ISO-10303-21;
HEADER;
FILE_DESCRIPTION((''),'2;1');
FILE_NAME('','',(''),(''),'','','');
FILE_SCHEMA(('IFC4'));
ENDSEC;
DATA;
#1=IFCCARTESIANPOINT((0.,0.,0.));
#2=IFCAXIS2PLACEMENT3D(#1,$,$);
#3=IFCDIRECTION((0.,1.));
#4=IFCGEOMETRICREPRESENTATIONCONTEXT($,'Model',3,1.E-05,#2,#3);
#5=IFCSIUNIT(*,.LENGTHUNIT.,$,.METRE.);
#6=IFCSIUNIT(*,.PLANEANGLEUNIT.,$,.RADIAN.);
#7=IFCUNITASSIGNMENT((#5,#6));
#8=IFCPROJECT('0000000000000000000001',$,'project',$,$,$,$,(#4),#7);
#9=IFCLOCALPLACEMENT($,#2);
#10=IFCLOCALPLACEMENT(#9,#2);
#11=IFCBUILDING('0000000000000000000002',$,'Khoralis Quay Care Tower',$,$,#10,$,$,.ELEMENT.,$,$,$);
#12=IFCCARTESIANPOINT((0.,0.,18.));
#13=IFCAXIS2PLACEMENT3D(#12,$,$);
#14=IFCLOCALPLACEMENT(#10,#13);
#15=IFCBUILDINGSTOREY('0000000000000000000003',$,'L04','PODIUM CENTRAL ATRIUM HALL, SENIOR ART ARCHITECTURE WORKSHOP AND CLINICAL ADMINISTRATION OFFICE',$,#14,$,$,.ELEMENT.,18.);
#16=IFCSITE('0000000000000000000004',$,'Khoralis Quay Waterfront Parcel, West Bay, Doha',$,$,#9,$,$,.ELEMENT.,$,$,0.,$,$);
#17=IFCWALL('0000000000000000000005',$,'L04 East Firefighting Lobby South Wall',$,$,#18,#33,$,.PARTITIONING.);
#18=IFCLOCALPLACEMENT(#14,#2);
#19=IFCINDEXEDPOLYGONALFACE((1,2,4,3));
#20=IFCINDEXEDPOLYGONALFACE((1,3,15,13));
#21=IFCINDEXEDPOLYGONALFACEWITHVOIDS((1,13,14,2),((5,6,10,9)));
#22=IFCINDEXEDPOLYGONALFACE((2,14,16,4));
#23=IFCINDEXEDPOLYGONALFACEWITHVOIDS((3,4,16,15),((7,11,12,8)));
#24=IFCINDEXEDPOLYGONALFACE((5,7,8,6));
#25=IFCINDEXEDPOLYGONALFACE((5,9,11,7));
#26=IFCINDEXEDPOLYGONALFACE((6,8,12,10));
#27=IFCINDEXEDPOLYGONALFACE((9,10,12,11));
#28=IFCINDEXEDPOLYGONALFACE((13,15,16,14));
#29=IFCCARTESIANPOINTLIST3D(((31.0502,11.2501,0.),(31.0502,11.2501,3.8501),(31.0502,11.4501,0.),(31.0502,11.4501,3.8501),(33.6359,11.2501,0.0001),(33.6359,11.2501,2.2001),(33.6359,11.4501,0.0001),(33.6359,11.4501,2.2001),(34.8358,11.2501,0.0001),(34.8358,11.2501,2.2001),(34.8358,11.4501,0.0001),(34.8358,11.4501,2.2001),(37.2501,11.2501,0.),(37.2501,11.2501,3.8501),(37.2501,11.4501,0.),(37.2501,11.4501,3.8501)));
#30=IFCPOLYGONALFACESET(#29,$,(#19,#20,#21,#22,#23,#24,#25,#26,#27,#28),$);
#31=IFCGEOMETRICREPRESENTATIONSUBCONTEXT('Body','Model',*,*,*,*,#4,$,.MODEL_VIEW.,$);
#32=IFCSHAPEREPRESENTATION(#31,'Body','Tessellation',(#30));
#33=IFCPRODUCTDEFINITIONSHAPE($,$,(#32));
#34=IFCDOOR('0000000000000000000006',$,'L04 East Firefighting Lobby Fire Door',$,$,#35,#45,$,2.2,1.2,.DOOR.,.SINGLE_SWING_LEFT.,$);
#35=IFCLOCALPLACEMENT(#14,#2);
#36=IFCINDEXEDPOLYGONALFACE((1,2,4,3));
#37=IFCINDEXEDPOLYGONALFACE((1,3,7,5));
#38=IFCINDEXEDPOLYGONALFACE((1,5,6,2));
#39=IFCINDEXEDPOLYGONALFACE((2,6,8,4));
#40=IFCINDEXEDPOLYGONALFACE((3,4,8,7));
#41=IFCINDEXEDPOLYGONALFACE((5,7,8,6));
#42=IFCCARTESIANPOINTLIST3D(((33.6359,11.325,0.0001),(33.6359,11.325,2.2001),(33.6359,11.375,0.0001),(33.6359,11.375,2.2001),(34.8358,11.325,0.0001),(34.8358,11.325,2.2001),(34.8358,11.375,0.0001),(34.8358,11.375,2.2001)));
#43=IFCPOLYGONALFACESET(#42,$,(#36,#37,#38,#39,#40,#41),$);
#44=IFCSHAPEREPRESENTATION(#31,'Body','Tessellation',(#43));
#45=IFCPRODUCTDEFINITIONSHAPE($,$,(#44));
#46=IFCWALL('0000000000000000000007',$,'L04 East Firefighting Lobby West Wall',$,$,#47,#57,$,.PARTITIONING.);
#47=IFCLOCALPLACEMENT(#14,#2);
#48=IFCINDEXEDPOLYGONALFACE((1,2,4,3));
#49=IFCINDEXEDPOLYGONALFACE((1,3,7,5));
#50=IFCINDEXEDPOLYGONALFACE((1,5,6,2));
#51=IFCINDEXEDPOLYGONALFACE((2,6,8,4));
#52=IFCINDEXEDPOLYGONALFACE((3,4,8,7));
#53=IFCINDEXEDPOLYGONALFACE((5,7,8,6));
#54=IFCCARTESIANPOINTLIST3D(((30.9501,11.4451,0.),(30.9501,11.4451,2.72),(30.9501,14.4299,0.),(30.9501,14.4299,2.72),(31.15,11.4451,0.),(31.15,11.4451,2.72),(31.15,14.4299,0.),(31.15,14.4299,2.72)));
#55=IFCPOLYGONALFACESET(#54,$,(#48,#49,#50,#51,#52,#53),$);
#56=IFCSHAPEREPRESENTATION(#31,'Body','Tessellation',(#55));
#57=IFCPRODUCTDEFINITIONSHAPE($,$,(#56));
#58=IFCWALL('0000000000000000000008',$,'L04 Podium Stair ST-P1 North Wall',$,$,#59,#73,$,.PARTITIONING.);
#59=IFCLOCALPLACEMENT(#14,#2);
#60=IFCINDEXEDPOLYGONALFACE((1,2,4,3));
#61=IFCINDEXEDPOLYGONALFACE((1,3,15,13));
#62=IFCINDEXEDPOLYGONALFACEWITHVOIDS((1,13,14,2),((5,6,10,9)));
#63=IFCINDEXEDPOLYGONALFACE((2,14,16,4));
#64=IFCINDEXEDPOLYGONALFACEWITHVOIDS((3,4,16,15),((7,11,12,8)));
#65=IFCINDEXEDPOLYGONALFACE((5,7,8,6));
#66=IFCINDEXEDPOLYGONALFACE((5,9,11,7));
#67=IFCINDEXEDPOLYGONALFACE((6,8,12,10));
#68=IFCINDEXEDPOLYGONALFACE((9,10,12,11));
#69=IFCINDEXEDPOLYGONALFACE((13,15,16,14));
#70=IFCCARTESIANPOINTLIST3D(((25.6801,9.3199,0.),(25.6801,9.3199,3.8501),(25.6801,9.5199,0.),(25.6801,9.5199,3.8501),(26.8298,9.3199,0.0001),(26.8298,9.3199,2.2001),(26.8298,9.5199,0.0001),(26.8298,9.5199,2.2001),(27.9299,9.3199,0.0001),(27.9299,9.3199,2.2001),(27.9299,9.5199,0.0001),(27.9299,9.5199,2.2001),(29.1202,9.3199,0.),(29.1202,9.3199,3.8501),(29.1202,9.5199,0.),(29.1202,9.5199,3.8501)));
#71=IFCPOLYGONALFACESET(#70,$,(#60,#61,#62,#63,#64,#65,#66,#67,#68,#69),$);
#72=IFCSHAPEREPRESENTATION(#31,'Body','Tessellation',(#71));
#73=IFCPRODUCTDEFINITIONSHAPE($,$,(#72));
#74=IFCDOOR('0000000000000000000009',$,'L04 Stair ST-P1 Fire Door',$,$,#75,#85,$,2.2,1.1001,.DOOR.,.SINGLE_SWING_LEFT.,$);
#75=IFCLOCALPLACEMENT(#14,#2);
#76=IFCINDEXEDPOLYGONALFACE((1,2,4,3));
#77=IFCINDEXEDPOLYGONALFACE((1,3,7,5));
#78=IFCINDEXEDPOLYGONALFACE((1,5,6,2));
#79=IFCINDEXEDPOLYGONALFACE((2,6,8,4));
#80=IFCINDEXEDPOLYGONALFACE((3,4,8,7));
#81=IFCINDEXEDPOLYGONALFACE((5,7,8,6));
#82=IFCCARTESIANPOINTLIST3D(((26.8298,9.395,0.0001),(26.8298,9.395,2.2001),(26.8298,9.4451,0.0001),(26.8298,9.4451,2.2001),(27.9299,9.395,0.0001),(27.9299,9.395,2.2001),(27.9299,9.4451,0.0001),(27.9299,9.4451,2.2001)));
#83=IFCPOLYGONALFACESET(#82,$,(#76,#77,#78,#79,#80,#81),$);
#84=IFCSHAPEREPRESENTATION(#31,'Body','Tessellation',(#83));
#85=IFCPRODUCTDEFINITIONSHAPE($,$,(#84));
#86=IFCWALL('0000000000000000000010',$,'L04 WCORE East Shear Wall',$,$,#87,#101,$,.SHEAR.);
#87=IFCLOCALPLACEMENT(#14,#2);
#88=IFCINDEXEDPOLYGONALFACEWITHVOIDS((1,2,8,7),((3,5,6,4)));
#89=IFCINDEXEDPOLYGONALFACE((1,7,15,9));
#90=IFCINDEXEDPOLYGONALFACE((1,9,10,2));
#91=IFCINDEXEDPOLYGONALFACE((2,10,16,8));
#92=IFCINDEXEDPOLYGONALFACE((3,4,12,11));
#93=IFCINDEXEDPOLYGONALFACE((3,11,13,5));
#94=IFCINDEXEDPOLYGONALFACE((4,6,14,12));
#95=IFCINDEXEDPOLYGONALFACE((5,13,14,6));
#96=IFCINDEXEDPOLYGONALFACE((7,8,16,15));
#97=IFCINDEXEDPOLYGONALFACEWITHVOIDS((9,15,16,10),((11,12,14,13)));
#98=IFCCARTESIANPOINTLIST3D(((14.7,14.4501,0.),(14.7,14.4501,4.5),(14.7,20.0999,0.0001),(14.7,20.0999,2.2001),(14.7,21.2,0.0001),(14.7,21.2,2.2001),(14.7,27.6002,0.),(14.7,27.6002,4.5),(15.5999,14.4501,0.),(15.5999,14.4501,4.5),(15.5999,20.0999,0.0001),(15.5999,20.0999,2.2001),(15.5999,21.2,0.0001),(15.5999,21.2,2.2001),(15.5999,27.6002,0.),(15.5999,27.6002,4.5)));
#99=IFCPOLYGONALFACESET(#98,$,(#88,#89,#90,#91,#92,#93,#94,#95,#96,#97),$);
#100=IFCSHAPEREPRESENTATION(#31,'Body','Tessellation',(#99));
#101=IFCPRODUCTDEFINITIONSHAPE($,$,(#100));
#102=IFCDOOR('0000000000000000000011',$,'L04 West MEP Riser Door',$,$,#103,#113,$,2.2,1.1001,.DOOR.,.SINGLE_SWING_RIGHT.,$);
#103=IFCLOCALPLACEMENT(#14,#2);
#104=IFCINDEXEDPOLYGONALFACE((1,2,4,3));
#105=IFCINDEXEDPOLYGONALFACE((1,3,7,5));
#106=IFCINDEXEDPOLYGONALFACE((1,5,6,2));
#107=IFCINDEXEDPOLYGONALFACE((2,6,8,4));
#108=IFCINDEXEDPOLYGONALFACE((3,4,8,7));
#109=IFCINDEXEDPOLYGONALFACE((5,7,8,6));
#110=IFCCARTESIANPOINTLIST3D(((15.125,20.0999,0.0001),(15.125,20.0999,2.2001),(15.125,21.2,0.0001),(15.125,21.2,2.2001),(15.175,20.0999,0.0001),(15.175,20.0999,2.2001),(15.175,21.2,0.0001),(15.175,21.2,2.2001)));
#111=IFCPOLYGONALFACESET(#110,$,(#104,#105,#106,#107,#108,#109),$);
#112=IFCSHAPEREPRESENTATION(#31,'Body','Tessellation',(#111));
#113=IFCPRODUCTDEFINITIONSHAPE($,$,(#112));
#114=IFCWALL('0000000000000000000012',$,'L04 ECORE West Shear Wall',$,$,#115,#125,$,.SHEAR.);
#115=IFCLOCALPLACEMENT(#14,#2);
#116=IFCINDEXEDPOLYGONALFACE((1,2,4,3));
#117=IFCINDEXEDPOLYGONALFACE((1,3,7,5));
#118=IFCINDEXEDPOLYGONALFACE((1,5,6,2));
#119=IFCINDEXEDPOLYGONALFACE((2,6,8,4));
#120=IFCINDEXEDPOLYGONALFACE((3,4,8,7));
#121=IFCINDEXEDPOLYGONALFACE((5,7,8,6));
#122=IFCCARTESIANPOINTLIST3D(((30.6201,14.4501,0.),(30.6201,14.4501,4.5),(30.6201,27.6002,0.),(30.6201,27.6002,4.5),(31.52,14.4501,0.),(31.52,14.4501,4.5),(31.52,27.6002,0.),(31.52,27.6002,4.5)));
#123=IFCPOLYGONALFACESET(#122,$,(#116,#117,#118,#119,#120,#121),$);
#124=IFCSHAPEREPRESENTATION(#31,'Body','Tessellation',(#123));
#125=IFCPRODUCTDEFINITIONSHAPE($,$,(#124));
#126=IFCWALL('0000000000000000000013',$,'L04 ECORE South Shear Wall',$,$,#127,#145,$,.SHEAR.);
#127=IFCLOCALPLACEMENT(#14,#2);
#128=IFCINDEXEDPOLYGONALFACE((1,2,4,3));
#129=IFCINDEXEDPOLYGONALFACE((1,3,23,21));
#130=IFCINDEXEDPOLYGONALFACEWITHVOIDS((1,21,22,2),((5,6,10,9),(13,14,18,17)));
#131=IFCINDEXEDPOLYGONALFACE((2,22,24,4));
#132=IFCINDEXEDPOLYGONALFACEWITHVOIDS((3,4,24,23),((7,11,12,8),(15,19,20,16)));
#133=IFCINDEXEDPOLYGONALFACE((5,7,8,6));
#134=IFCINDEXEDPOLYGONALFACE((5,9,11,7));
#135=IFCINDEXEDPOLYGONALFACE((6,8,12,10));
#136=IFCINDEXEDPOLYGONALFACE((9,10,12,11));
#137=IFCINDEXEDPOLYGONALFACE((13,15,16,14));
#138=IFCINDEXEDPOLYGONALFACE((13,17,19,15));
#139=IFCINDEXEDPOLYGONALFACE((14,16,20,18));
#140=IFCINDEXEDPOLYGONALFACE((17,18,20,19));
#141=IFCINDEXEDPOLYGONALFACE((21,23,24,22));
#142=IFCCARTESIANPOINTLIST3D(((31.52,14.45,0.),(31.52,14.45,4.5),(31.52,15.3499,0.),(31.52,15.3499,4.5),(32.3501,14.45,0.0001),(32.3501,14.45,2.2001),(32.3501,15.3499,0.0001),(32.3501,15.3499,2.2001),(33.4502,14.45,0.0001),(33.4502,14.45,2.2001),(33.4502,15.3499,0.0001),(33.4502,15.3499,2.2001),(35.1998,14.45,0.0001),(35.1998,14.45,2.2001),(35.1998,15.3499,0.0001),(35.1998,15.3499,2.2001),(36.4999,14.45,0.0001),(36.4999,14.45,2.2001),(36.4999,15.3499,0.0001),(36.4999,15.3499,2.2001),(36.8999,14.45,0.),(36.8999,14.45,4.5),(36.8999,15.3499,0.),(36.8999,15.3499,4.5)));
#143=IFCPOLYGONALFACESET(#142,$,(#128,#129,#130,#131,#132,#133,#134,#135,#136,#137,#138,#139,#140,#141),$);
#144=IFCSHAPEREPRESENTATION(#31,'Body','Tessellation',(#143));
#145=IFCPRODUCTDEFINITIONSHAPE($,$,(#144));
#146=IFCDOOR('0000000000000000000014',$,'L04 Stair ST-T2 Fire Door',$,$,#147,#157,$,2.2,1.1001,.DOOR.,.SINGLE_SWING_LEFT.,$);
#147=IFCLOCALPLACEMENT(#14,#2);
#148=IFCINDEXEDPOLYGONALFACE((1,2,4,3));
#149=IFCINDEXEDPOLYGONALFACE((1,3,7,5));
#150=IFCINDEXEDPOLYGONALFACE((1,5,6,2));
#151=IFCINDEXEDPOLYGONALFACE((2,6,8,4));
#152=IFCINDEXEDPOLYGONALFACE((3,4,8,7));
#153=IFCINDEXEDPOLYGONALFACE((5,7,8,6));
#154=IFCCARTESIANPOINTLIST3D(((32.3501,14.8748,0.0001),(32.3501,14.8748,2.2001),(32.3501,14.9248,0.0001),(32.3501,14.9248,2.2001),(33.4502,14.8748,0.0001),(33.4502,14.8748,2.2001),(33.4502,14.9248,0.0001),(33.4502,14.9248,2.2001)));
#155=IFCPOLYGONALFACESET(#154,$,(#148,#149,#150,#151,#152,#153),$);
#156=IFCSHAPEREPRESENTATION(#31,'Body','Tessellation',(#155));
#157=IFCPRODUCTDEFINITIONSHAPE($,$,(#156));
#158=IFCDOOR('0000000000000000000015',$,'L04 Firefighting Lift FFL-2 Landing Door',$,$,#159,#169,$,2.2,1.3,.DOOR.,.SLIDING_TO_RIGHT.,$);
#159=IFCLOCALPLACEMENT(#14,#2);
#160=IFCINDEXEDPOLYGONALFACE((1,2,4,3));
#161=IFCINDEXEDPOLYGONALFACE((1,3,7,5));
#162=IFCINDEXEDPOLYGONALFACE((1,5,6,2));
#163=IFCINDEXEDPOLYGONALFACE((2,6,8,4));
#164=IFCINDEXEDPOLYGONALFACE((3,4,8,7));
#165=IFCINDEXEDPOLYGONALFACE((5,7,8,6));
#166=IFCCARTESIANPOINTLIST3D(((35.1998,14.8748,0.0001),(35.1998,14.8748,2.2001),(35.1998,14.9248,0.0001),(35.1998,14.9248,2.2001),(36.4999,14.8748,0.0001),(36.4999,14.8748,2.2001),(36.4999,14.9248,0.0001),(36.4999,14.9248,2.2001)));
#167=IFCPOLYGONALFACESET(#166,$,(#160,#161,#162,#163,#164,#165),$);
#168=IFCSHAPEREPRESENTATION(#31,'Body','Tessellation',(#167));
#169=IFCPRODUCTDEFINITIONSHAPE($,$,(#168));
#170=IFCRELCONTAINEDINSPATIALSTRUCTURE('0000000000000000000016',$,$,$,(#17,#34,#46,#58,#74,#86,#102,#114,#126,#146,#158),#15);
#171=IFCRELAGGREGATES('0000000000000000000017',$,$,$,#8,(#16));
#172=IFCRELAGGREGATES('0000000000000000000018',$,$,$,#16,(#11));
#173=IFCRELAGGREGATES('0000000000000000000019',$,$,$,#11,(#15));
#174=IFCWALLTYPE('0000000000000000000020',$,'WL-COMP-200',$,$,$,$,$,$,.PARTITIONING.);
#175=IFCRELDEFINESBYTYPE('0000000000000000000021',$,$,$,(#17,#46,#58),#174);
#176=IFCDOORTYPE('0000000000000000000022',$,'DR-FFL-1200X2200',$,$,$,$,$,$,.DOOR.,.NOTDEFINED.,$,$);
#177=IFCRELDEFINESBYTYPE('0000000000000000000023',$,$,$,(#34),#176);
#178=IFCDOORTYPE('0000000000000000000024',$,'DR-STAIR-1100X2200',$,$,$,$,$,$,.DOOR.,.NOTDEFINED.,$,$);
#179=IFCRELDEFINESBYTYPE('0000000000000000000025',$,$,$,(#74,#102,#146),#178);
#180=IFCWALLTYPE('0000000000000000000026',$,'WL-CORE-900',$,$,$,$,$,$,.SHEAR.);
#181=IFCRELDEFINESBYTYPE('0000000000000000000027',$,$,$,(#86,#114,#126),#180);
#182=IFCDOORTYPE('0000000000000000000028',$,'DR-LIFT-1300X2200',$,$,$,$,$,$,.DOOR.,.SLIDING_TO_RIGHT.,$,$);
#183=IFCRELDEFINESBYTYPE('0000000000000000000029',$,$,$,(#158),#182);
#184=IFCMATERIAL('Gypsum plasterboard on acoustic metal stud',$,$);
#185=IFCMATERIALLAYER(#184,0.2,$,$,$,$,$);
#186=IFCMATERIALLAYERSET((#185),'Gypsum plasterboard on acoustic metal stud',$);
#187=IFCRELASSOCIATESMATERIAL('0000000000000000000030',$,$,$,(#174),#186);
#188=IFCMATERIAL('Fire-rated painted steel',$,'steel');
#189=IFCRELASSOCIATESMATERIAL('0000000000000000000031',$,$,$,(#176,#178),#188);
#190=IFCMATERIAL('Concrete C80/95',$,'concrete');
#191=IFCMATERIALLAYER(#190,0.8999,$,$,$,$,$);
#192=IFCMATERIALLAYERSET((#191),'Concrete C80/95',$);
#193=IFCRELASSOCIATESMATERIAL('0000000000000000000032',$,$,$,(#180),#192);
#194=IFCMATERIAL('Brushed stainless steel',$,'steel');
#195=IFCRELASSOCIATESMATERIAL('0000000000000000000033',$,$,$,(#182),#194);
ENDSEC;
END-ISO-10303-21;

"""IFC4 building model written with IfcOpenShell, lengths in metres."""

from ifc_helpers import new_model, si_unit, direction, frame, frame_2d, origin, place, context, subcontext, project, spatial, rectangle, extrude, source, transform, mapped, material, layer, layer_set, type_object, element, fill, save


model = new_model("IFC4")

# Units and contexts
model_context = context("Model", 3, precision=1e-05, world=origin(), true_north=direction((0.0, 1.0)))
body_context = subcontext(model_context, "Body", "Model", "MODEL_VIEW")
ifc_project = project(units=[si_unit("LENGTHUNIT", "METRE"), si_unit("PLANEANGLEUNIT", "RADIAN")], contexts=[model_context])

# Site, building, storey
site_placement = place(None, origin())
site = spatial("IfcSite", under=ifc_project, at=site_placement, Name="Khoralis Quay Waterfront Parcel, West Bay, Doha", CompositionType="ELEMENT", RefElevation=0.0)
building_placement = place(site_placement, origin())
building = spatial("IfcBuilding", under=site, at=building_placement, Name="Khoralis Quay Care Tower", CompositionType="ELEMENT")
storey_placement = place(building_placement, frame((0.0, 0.0, 18.0)))
storey = spatial("IfcBuildingStorey", under=building, at=storey_placement, Name="L04", Description="PODIUM CENTRAL ATRIUM HALL, SENIOR ART ARCHITECTURE WORKSHOP AND CLINICAL ADMINISTRATION OFFICE", CompositionType="ELEMENT", Elevation=18.0)

# Shared definitions
ifc_material_1 = material(Name="Concrete C80/95", Category="concrete")

# Shared definitions
ifc_material_2 = material(Name="Gypsum plasterboard on acoustic metal stud")
ifc_layer_1 = layer(ifc_material_2, 0.2)
ifc_layer_set_1 = layer_set([ifc_layer_1], Name="Gypsum plasterboard on acoustic metal stud")
wall_type_1 = type_object("IfcWallType", Name="WL-COMP-200", PredefinedType="PARTITIONING", material=ifc_layer_set_1)

# Wall, opening, door
wall_1_placement = place(storey_placement, frame((31.05, 11.3501, 0.0), z_axis=(0.0, 0.0, 1.0), x_axis=(1.0, 0.0, 0.0)))
wall_1 = element("IfcWall", 1, at=wall_1_placement, inside=storey, type_object=wall_type_1, Name="L04 East Firefighting Lobby South Wall", PredefinedType="PARTITIONING", context=body_context, shape_type="SweptSolid", body=[
    extrude(rectangle(XDim=6.2, YDim=0.2, at=frame_2d((3.1001, 0.0))), origin(), (0.0, 0.0, 1.0), 3.8501),
])
opening_1_placement = place(wall_1_placement, frame((2.5857, 0.0, 0.0)))
opening_1 = element("IfcOpeningElement", 2, at=opening_1_placement, cuts=wall_1, PredefinedType="OPENING", context=body_context, shape_type="SweptSolid", body=[
    extrude(rectangle(XDim=1.2, YDim=2.2, at=frame_2d((0.6001, 1.1001))), frame((0.0, 0.1099, 0.0), z_axis=(0.0, -1.0, 0.0), x_axis=(1.0, 0.0, 0.0)), (0.0, 0.0, 1.0), 0.22),
])
ifc_material_3 = material(Name="Fire-rated painted steel", Category="steel")
door_type_1 = type_object("IfcDoorType", Name="DR-FFL-1200X2200", OperationType="NOTDEFINED", PredefinedType="DOOR", material=ifc_material_3)
shared_shape_1 = source(origin(), body_context, "Body", "SweptSolid", [
    extrude(rectangle(XDim=1.2, YDim=2.2, at=frame_2d((0.6001, 1.1001))), frame((0.0, 0.0249, 0.0), z_axis=(0.0, -1.0, 0.0), x_axis=(1.0, 0.0, 0.0)), (0.0, 0.0, 1.0), 0.05),
])
door_1_placement = place(opening_1_placement, origin())
door_1 = element("IfcDoor", 3, at=door_1_placement, inside=storey, type_object=door_type_1, Name="L04 East Firefighting Lobby Fire Door", OperationType="SINGLE_SWING_LEFT", OverallHeight=2.2, OverallWidth=1.2, PredefinedType="DOOR", context=body_context, shape_type="MappedRepresentation", body=[
    mapped(shared_shape_1, transform((0.0, 0.0, 0.0), scale=1.0)),
])
fill(opening_1, door_1)

# Wall
wall_2_placement = place(storey_placement, frame((31.05, 11.4451, 0.0), z_axis=(0.0, 0.0, 1.0), x_axis=(0.0, 1.0, 0.0)))
element("IfcWall", 4, at=wall_2_placement, inside=storey, type_object=wall_type_1, Name="L04 East Firefighting Lobby West Wall", PredefinedType="PARTITIONING", context=body_context, shape_type="SweptSolid", body=[
    extrude(rectangle(XDim=2.9849, YDim=0.2, at=frame_2d((1.4924, 0.0))), origin(), (0.0, 0.0, 1.0), 2.72),
])

# Walls, openings, doors
wall_3_placement = place(storey_placement, frame((25.6799, 9.4199, 0.0), z_axis=(0.0, 0.0, 1.0), x_axis=(1.0, 0.0, 0.0)))
wall_3 = element("IfcWall", 5, at=wall_3_placement, inside=storey, type_object=wall_type_1, Name="L04 Podium Stair ST-P1 North Wall", PredefinedType="PARTITIONING", context=body_context, shape_type="SweptSolid", body=[
    extrude(rectangle(XDim=3.4402, YDim=0.2, at=frame_2d((1.7202, 0.0))), origin(), (0.0, 0.0, 1.0), 3.8501),
])
opening_2_placement = place(wall_3_placement, frame((1.1499, 0.0, 0.0)))
opening_2 = element("IfcOpeningElement", 6, at=opening_2_placement, cuts=wall_3, PredefinedType="OPENING", context=body_context, shape_type="SweptSolid", body=[
    extrude(rectangle(XDim=1.1001, YDim=2.2, at=frame_2d((0.55, 1.1001))), frame((0.0, 0.1099, 0.0), z_axis=(0.0, -1.0, 0.0), x_axis=(1.0, 0.0, 0.0)), (0.0, 0.0, 1.0), 0.22),
])
door_type_2 = type_object("IfcDoorType", Name="DR-STAIR-1100X2200", OperationType="NOTDEFINED", PredefinedType="DOOR", material=ifc_material_3)
shared_shape_2 = source(origin(), body_context, "Body", "SweptSolid", [
    extrude(rectangle(XDim=1.1001, YDim=2.2, at=frame_2d((0.55, 1.1001))), frame((0.0, 0.0249, 0.0), z_axis=(0.0, -1.0, 0.0), x_axis=(1.0, 0.0, 0.0)), (0.0, 0.0, 1.0), 0.05),
])
door_2_placement = place(opening_2_placement, frame((1.1001, 0.0, 0.0), z_axis=(0.0, 0.0, 1.0), x_axis=(-1.0, 0.0, 0.0)))
door_2 = element("IfcDoor", 7, at=door_2_placement, inside=storey, type_object=door_type_2, Name="L04 Stair ST-P1 Fire Door", OperationType="SINGLE_SWING_LEFT", OverallHeight=2.2, OverallWidth=1.1001, PredefinedType="DOOR", context=body_context, shape_type="MappedRepresentation", body=[
    mapped(shared_shape_2, transform((0.0, 0.0, 0.0), scale=1.0)),
])
fill(opening_2, door_2)
ifc_layer_2 = layer(ifc_material_1, 0.8999)
ifc_layer_set_2 = layer_set([ifc_layer_2], Name="Concrete C80/95")
wall_type_2 = type_object("IfcWallType", Name="WL-CORE-900", PredefinedType="SHEAR", material=ifc_layer_set_2)
wall_4_placement = place(storey_placement, frame((15.1499, 14.45, 0.0), z_axis=(0.0, 0.0, 1.0), x_axis=(0.0, 1.0, 0.0)))
wall_4 = element("IfcWall", 8, at=wall_4_placement, inside=storey, type_object=wall_type_2, Name="L04 WCORE East Shear Wall", PredefinedType="SHEAR", context=body_context, shape_type="SweptSolid", body=[
    extrude(rectangle(XDim=13.1501, YDim=0.8999, at=frame_2d((6.5752, 0.0))), origin(), (0.0, 0.0, 1.0), 4.5),
])
opening_3_placement = place(wall_4_placement, frame((5.6499, 0.0, 0.0)))
opening_3 = element("IfcOpeningElement", 9, at=opening_3_placement, cuts=wall_4, PredefinedType="OPENING", context=body_context, shape_type="SweptSolid", body=[
    extrude(rectangle(XDim=1.1001, YDim=2.2, at=frame_2d((0.55, 1.1001))), frame((0.0, 0.46, 0.0), z_axis=(0.0, -1.0, 0.0), x_axis=(1.0, 0.0, 0.0)), (0.0, 0.0, 1.0), 0.9199),
])
door_3_placement = place(opening_3_placement, origin())
door_3 = element("IfcDoor", 10, at=door_3_placement, inside=storey, type_object=door_type_2, Name="L04 West MEP Riser Door", OperationType="SINGLE_SWING_RIGHT", OverallHeight=2.2, OverallWidth=1.1001, PredefinedType="DOOR", context=body_context, shape_type="MappedRepresentation", body=[
    mapped(shared_shape_2, transform((0.0, 0.0, 0.0), scale=1.0)),
])
fill(opening_3, door_3)

# Wall
wall_5_placement = place(storey_placement, frame((31.0701, 14.45, 0.0), z_axis=(0.0, 0.0, 1.0), x_axis=(0.0, 1.0, 0.0)))
element("IfcWall", 11, at=wall_5_placement, inside=storey, type_object=wall_type_2, Name="L04 ECORE West Shear Wall", PredefinedType="SHEAR", context=body_context, shape_type="SweptSolid", body=[
    extrude(rectangle(XDim=13.1501, YDim=0.8999, at=frame_2d((6.5752, 0.0))), origin(), (0.0, 0.0, 1.0), 4.5),
])

# Wall, openings, doors
wall_6_placement = place(storey_placement, frame((31.52, 14.8999, 0.0), z_axis=(0.0, 0.0, 1.0), x_axis=(1.0, 0.0, 0.0)))
wall_6 = element("IfcWall", 12, at=wall_6_placement, inside=storey, type_object=wall_type_2, Name="L04 ECORE South Shear Wall", PredefinedType="SHEAR", context=body_context, shape_type="SweptSolid", body=[
    extrude(rectangle(XDim=5.3799, YDim=0.8999, at=frame_2d((2.6899, 0.0))), origin(), (0.0, 0.0, 1.0), 4.5),
])
opening_4_placement = place(wall_6_placement, frame((0.8301, 0.0, 0.0)))
opening_4 = element("IfcOpeningElement", 13, at=opening_4_placement, cuts=wall_6, PredefinedType="OPENING", context=body_context, shape_type="SweptSolid", body=[
    extrude(rectangle(XDim=1.1001, YDim=2.2, at=frame_2d((0.55, 1.1001))), frame((0.0, 0.46, 0.0), z_axis=(0.0, -1.0, 0.0), x_axis=(1.0, 0.0, 0.0)), (0.0, 0.0, 1.0), 0.9199),
])
opening_5_placement = place(wall_6_placement, frame((3.6799, 0.0, 0.0)))
opening_5 = element("IfcOpeningElement", 14, at=opening_5_placement, cuts=wall_6, PredefinedType="OPENING", context=body_context, shape_type="SweptSolid", body=[
    extrude(rectangle(XDim=1.3, YDim=2.2, at=frame_2d((0.6499, 1.1001))), frame((0.0, 0.46, 0.0), z_axis=(0.0, -1.0, 0.0), x_axis=(1.0, 0.0, 0.0)), (0.0, 0.0, 1.0), 0.9199),
])
door_4_placement = place(opening_4_placement, origin())
door_4 = element("IfcDoor", 15, at=door_4_placement, inside=storey, type_object=door_type_2, Name="L04 Stair ST-T2 Fire Door", OperationType="SINGLE_SWING_LEFT", OverallHeight=2.2, OverallWidth=1.1001, PredefinedType="DOOR", context=body_context, shape_type="MappedRepresentation", body=[
    mapped(shared_shape_2, transform((0.0, 0.0, 0.0), scale=1.0)),
])
fill(opening_4, door_4)
ifc_material_4 = material(Name="Brushed stainless steel", Category="steel")
door_type_3 = type_object("IfcDoorType", Name="DR-LIFT-1300X2200", OperationType="SLIDING_TO_RIGHT", PredefinedType="DOOR", material=ifc_material_4)
shared_shape_3 = source(origin(), body_context, "Body", "SweptSolid", [
    extrude(rectangle(XDim=1.3, YDim=2.2, at=frame_2d((0.6499, 1.1001))), frame((0.0, 0.0249, 0.0), z_axis=(0.0, -1.0, 0.0), x_axis=(1.0, 0.0, 0.0)), (0.0, 0.0, 1.0), 0.05),
])
door_5_placement = place(opening_5_placement, origin())
door_5 = element("IfcDoor", 16, at=door_5_placement, inside=storey, type_object=door_type_3, Name="L04 Firefighting Lift FFL-2 Landing Door", OperationType="SLIDING_TO_RIGHT", OverallHeight=2.2, OverallWidth=1.3, PredefinedType="DOOR", context=body_context, shape_type="MappedRepresentation", body=[
    mapped(shared_shape_3, transform((0.0, 0.0, 0.0), scale=1.0)),
])
fill(opening_5, door_5)

save(model, "model.ifc")
